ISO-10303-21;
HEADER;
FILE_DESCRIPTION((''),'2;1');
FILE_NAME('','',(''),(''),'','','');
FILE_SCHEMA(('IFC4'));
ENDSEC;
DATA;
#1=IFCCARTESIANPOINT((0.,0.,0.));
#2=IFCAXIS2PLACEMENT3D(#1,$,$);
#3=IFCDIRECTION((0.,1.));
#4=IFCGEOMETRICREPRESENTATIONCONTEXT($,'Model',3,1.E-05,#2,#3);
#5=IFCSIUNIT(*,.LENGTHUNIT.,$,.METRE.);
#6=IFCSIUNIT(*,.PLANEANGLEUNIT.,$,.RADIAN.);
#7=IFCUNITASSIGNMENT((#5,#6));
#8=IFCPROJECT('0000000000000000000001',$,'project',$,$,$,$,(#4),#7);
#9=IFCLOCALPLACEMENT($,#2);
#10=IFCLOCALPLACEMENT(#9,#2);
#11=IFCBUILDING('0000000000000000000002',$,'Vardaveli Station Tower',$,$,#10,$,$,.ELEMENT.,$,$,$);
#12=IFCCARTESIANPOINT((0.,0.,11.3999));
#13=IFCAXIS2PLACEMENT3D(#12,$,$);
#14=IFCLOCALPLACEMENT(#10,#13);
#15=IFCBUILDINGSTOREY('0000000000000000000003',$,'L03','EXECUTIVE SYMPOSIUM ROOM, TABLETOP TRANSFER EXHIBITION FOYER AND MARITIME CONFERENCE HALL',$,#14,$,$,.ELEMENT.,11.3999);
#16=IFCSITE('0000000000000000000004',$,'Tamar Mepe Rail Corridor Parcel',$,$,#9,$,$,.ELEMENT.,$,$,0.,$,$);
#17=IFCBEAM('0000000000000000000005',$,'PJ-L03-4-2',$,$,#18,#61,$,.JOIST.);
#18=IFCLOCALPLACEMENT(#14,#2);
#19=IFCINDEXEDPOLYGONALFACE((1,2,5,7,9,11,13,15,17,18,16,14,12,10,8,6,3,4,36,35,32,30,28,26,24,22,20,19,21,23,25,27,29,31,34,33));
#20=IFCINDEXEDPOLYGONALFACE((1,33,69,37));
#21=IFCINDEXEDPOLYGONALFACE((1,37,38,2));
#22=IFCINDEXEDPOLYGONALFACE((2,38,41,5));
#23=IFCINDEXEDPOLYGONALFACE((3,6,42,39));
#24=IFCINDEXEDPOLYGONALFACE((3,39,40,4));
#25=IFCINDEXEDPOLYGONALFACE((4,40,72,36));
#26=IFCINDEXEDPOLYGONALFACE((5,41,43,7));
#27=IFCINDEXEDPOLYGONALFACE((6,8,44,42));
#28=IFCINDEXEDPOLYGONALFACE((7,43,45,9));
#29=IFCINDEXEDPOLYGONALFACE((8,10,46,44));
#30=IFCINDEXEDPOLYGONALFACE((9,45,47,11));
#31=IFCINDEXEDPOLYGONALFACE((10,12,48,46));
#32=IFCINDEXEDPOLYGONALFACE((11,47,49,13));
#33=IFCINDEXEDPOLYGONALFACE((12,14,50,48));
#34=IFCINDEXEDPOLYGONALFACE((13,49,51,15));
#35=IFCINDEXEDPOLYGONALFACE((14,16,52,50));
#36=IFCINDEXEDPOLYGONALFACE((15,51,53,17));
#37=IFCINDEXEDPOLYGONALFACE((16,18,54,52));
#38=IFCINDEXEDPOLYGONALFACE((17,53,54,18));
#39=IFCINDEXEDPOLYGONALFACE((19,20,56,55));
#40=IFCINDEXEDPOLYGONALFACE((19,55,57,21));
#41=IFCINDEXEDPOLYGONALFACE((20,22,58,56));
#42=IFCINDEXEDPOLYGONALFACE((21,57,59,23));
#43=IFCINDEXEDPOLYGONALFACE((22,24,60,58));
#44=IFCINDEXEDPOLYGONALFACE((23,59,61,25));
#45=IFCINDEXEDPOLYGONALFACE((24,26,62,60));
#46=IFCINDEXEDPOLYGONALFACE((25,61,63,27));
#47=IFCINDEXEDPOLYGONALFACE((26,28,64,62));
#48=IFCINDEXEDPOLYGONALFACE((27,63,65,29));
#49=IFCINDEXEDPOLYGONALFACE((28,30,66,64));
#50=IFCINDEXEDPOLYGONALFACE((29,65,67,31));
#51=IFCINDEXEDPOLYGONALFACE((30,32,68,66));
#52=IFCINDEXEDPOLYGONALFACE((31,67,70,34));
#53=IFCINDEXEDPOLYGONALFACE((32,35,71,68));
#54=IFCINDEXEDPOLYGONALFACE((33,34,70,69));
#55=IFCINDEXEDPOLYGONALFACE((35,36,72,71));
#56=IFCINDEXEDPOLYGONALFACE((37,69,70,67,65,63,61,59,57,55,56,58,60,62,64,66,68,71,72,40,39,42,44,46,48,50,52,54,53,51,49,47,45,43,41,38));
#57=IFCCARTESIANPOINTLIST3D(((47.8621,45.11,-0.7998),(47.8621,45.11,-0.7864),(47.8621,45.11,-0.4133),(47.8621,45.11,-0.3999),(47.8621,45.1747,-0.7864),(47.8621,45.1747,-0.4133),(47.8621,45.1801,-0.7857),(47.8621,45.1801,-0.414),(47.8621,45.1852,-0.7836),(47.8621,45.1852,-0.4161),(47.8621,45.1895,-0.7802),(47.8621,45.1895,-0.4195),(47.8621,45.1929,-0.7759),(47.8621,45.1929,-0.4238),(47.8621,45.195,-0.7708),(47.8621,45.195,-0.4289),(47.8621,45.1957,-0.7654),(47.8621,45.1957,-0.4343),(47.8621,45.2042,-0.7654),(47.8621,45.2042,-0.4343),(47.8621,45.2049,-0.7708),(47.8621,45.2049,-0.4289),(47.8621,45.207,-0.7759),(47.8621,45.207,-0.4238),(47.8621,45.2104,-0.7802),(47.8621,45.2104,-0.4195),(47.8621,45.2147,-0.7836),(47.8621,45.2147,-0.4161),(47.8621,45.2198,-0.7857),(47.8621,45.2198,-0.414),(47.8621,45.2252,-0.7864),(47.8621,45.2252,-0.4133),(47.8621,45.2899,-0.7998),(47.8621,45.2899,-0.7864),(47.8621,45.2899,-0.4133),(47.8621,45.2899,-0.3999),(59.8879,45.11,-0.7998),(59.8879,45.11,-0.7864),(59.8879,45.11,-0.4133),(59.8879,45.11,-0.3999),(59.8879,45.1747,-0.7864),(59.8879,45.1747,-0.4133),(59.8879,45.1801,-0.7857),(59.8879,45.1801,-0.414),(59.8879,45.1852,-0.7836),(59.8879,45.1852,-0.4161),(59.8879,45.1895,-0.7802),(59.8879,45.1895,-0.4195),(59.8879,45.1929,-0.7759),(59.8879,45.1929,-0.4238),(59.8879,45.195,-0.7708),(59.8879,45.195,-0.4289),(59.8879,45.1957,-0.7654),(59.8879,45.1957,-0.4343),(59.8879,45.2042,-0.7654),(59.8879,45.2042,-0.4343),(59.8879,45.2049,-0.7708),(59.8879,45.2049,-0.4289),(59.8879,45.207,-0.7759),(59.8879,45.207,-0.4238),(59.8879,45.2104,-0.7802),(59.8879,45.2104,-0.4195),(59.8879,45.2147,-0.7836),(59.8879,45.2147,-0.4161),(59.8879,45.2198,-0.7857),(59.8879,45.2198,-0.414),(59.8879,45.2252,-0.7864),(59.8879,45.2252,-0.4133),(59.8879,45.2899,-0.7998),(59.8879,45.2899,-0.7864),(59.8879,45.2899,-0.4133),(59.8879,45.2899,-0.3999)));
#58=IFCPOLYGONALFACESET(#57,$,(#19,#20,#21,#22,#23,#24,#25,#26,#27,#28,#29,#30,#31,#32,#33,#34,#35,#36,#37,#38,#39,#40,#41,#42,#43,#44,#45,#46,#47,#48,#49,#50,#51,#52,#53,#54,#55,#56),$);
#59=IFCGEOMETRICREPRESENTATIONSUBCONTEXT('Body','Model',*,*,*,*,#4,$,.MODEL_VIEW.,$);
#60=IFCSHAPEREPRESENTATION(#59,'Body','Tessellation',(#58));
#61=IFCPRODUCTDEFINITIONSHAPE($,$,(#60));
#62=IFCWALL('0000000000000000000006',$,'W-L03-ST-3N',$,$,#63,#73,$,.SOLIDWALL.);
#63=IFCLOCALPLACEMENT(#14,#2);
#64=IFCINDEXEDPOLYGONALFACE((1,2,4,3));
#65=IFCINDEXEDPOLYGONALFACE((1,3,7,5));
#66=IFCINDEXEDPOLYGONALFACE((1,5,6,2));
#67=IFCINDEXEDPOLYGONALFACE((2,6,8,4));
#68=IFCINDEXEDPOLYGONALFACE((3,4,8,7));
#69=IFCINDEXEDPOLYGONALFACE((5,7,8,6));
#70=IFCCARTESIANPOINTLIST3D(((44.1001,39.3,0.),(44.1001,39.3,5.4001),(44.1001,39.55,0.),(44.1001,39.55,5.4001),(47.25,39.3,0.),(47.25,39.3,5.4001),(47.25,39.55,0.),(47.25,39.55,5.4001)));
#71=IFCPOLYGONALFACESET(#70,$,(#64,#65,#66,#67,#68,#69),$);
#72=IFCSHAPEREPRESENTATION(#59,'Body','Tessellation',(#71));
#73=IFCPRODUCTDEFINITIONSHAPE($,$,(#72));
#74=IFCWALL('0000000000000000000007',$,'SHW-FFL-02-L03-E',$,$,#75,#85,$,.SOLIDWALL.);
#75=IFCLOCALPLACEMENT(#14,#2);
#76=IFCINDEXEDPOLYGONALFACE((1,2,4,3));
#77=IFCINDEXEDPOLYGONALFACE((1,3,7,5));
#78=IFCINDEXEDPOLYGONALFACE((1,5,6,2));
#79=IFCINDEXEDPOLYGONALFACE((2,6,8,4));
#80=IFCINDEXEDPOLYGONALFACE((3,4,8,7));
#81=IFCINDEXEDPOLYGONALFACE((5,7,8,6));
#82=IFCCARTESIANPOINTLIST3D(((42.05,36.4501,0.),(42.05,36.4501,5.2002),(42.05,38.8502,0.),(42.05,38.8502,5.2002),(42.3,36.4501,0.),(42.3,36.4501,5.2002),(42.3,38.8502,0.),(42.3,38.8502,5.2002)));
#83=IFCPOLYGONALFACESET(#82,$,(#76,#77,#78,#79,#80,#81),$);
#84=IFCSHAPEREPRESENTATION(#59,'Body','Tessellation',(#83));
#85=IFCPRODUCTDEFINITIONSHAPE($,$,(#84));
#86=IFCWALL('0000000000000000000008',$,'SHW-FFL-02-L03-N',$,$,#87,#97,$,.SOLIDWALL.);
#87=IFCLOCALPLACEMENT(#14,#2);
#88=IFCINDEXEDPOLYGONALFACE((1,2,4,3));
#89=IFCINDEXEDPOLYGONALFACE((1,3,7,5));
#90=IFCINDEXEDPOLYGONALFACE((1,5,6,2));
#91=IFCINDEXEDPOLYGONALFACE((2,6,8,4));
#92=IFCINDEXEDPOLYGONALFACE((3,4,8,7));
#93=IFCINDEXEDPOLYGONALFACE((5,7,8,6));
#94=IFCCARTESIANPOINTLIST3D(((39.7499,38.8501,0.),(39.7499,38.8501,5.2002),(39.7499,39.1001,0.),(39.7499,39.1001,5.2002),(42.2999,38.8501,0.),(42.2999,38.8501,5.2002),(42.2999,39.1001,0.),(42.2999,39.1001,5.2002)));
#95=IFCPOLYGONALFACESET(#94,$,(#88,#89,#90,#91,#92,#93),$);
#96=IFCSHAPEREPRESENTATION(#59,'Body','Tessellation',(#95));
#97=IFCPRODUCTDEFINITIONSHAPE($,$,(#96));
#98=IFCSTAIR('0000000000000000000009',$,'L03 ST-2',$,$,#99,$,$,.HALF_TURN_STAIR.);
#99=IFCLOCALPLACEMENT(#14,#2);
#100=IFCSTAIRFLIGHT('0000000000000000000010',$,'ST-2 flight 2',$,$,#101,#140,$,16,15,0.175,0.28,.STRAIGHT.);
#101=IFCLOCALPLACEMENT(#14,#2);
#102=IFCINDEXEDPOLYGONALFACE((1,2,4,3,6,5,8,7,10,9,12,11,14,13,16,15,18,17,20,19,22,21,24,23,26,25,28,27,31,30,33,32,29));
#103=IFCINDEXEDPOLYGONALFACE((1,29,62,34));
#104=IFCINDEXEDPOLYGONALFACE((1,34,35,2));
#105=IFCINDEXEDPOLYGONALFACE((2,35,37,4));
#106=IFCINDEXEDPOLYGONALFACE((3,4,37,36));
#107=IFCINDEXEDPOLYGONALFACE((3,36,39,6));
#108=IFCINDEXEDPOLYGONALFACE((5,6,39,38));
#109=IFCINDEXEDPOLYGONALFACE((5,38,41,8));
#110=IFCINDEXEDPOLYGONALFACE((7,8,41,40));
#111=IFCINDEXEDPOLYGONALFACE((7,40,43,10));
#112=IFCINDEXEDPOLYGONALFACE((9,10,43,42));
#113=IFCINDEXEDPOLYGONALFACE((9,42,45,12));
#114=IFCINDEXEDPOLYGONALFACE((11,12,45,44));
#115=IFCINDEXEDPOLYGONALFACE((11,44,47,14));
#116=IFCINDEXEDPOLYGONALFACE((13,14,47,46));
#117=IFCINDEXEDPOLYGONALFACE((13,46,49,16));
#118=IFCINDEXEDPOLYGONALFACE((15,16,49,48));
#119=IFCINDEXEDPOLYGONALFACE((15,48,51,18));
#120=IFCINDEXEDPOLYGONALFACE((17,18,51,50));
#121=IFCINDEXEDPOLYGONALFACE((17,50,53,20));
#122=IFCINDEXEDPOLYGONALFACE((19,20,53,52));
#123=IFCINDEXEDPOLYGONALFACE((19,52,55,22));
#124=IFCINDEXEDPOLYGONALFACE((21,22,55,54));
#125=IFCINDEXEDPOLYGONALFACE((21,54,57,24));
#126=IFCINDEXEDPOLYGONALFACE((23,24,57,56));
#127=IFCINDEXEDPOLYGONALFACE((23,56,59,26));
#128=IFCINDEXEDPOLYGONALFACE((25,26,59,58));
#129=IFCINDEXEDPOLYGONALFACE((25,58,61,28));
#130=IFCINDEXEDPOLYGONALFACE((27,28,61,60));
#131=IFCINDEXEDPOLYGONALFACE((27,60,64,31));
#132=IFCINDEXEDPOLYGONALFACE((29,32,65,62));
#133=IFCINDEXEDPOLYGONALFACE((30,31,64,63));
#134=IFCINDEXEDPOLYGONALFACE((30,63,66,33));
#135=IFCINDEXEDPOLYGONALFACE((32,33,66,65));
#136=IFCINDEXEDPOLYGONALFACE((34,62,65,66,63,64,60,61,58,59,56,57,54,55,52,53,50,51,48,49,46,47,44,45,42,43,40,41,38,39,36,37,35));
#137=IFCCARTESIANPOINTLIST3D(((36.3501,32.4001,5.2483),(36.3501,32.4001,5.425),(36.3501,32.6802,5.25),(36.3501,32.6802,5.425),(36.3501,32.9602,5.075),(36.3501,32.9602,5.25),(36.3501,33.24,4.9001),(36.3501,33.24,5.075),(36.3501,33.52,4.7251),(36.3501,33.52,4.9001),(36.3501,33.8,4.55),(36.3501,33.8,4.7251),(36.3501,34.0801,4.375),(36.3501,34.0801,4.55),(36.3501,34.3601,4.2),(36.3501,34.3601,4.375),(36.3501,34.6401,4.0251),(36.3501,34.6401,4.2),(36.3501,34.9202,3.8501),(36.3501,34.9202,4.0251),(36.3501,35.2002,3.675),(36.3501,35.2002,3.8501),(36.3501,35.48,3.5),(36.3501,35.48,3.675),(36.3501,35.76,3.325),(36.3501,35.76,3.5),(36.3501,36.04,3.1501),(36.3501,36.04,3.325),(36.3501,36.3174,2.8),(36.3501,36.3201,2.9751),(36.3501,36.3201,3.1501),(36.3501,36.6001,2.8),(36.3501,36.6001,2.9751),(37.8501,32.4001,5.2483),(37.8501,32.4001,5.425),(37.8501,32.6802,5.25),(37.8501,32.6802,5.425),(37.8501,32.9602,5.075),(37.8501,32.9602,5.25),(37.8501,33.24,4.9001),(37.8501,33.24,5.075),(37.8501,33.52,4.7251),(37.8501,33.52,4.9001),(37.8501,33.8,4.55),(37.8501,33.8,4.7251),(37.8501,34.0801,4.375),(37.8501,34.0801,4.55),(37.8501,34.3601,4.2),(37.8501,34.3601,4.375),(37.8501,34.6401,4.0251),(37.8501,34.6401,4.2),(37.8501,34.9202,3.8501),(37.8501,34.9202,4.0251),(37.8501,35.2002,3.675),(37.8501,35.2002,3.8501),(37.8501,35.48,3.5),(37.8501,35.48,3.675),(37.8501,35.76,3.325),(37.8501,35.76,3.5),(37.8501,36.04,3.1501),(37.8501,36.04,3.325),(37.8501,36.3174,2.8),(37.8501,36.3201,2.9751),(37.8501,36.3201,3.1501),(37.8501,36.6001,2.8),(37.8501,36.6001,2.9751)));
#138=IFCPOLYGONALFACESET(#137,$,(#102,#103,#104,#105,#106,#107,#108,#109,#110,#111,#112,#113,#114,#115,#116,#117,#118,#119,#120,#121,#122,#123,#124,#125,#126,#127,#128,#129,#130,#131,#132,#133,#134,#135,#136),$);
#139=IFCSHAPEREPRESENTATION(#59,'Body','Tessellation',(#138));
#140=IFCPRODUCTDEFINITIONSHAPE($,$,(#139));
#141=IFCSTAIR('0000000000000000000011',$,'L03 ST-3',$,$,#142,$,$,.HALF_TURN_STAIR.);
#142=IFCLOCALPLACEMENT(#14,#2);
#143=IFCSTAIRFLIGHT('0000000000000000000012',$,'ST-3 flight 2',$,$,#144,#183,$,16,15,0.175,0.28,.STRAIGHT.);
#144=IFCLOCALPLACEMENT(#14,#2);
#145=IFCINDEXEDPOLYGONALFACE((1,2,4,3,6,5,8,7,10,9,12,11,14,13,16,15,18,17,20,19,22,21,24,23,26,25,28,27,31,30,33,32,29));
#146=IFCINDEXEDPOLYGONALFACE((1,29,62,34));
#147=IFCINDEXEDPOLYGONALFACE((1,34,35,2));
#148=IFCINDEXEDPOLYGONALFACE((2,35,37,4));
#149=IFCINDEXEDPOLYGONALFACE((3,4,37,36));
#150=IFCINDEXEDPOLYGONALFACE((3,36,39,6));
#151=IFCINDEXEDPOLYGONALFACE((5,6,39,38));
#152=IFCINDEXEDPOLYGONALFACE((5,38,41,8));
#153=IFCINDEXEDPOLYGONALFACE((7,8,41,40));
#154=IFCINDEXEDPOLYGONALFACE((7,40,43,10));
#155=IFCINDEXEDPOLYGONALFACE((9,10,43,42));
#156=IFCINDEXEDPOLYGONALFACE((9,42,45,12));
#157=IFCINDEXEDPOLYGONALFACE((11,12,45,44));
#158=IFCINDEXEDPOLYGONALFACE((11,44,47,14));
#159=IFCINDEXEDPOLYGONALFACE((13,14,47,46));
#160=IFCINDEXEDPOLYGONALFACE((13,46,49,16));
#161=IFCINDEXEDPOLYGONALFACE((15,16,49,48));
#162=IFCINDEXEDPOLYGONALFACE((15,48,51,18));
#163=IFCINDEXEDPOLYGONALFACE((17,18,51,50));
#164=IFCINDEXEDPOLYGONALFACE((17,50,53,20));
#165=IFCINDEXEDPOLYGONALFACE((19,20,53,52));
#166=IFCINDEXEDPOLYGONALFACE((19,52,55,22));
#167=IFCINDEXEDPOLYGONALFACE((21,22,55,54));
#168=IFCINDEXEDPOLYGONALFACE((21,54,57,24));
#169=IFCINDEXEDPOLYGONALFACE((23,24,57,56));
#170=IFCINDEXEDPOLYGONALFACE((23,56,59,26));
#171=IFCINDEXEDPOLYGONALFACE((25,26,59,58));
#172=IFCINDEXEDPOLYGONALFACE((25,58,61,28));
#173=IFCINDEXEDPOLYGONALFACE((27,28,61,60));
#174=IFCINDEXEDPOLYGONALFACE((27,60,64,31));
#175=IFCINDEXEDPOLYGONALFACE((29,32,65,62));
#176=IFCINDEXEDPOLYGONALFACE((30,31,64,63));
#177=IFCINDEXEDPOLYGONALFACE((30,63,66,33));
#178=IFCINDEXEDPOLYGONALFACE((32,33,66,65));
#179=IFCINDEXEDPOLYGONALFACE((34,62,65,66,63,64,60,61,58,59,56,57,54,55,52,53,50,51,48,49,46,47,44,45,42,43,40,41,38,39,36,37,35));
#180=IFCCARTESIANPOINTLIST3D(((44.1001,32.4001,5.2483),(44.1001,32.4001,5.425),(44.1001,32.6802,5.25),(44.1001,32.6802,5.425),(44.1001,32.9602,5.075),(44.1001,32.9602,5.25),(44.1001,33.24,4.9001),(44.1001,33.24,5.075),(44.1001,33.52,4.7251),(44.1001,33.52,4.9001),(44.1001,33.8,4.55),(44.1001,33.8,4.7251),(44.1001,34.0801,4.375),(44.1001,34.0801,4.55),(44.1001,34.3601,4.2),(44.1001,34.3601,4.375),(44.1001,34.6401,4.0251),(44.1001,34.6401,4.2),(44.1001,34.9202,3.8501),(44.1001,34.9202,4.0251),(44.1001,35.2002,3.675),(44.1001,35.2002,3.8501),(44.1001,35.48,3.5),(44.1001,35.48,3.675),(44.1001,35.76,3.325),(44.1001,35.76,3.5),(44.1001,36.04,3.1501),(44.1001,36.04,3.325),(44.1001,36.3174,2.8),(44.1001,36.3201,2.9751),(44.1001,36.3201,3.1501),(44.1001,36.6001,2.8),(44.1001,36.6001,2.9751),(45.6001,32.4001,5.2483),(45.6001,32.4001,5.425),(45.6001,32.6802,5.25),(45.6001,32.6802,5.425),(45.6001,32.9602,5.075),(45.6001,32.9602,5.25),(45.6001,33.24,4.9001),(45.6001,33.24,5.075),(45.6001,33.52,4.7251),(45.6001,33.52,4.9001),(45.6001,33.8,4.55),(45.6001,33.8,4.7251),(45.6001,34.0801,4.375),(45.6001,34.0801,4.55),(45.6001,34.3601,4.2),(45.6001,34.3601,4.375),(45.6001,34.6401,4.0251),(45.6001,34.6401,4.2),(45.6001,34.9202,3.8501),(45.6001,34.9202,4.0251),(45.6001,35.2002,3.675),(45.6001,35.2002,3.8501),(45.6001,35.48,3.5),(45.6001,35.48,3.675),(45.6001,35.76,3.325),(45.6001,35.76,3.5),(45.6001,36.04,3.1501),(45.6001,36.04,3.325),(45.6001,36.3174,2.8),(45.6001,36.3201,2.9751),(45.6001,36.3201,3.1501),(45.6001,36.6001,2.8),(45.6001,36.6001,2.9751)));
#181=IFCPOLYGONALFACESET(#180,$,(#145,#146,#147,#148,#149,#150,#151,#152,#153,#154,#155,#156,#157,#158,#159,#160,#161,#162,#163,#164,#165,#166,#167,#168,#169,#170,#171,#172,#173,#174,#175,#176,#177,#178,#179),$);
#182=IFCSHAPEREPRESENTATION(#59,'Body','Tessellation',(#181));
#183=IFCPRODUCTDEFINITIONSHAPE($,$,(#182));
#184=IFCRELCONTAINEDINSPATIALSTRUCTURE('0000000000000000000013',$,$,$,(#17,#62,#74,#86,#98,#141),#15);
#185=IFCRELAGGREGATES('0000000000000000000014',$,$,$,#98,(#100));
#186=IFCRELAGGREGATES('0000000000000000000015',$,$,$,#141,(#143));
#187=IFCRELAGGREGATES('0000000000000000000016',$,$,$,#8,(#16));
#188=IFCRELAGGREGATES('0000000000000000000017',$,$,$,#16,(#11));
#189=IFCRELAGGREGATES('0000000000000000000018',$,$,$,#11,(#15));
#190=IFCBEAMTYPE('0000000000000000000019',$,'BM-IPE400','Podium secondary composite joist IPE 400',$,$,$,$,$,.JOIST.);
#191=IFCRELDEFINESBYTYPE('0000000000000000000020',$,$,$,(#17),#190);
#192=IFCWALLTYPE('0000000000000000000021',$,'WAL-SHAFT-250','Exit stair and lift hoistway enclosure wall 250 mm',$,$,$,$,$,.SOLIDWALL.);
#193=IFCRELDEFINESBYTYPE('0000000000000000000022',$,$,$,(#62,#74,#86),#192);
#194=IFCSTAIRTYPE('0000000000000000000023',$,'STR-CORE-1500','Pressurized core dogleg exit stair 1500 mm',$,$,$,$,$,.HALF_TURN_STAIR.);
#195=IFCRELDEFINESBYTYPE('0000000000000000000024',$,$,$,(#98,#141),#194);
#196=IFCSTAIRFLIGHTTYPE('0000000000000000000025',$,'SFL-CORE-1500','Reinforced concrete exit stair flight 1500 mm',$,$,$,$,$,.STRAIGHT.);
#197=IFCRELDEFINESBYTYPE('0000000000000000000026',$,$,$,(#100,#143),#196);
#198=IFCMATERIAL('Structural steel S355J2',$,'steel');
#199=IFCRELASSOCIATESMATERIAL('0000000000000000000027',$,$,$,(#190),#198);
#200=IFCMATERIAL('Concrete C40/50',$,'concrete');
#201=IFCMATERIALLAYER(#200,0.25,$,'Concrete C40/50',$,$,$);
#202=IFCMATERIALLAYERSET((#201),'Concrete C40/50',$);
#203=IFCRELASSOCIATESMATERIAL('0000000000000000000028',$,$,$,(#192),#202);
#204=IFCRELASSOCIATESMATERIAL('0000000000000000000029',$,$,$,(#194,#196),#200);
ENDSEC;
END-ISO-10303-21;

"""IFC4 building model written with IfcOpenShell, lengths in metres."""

from ifc_helpers import new_model, si_unit, direction, frame, frame_2d, origin, origin_2d, place, context, subcontext, project, spatial, polyline, rectangle, i_section, outline, extrude, source, transform, mapped, material, layer, layer_set, material_profile, profile_set, type_object, element, aggregate, save


model = new_model("IFC4")

# Units and contexts
model_context = context("Model", 3, precision=1e-05, world=origin(), true_north=direction((0.0, 1.0)))
body_context = subcontext(model_context, "Body", "Model", "MODEL_VIEW")
ifc_project = project(units=[si_unit("LENGTHUNIT", "METRE"), si_unit("PLANEANGLEUNIT", "RADIAN")], contexts=[model_context])

# Site, building, storey
site_placement = place(None, origin())
site = spatial("IfcSite", under=ifc_project, at=site_placement, Name="Tamar Mepe Rail Corridor Parcel", CompositionType="ELEMENT", RefElevation=0.0)
building_placement = place(site_placement, origin())
building = spatial("IfcBuilding", under=site, at=building_placement, Name="Vardaveli Station Tower", CompositionType="ELEMENT")
storey_placement = place(building_placement, frame((0.0, 0.0, 11.3999)))
storey = spatial("IfcBuildingStorey", under=building, at=storey_placement, Name="L03", Description="EXECUTIVE SYMPOSIUM ROOM, TABLETOP TRANSFER EXHIBITION FOYER AND MARITIME CONFERENCE HALL", CompositionType="ELEMENT", Elevation=11.3999)

# Beam
ifc_material_1 = material(Name="Structural steel S355J2", Category="steel")
ifc_material_profile_1 = material_profile(ifc_material_1, i_section(OverallWidth=0.1799, OverallDepth=0.3999, WebThickness=0.0085, FlangeThickness=0.0134, FilletRadius=0.021, at=origin_2d()), Name="IPE 400")
ifc_profile_set_1 = profile_set([ifc_material_profile_1], Name="Structural steel S355J2")
beam_type_1 = type_object("IfcBeamType", Name="BM-IPE400", Description="Podium secondary composite joist IPE 400", PredefinedType="JOIST", material=ifc_profile_set_1)
shared_shape_1 = source(origin(), body_context, "Body", "SweptSolid", [
    extrude(i_section(OverallWidth=0.1799, OverallDepth=0.3999, WebThickness=0.0085, FlangeThickness=0.0134, FilletRadius=0.021, at=origin_2d()), origin(), (0.0, 0.0, 1.0), 12.0259),
])
beam_1_placement = place(storey_placement, frame((47.8621, 45.2, -0.5999), z_axis=(1.0, 0.0, 0.0), x_axis=(0.0, 1.0, 0.0)))
element("IfcBeam", 1, at=beam_1_placement, inside=storey, type_object=beam_type_1, Name="PJ-L03-4-2", PredefinedType="JOIST", context=body_context, shape_type="MappedRepresentation", body=[
    mapped(shared_shape_1, transform((0.0, 0.0, 0.0), scale=1.0)),
])

# Walls
ifc_material_2 = material(Name="Concrete C40/50", Category="concrete")
ifc_layer = layer(ifc_material_2, 0.25, Name="Concrete C40/50")
ifc_layer_set = layer_set([ifc_layer], Name="Concrete C40/50")
wall_type = type_object("IfcWallType", Name="WAL-SHAFT-250", Description="Exit stair and lift hoistway enclosure wall 250 mm", PredefinedType="SOLIDWALL", material=ifc_layer_set)
shared_shape_2 = source(origin(), body_context, "Body", "SweptSolid", [
    extrude(rectangle(XDim=3.1499, YDim=0.25, at=frame_2d((1.575, 0.0))), origin(), (0.0, 0.0, 1.0), 5.4001),
])
wall_1_placement = place(storey_placement, frame((44.1001, 39.425, 0.0), z_axis=(0.0, 0.0, 1.0), x_axis=(1.0, 0.0, 0.0)))
element("IfcWall", 2, at=wall_1_placement, inside=storey, type_object=wall_type, Name="W-L03-ST-3N", PredefinedType="SOLIDWALL", context=body_context, shape_type="MappedRepresentation", body=[
    mapped(shared_shape_2, transform((0.0, 0.0, 0.0), scale=1.0)),
])
shared_shape_3 = source(origin(), body_context, "Body", "SweptSolid", [
    extrude(rectangle(XDim=2.4001, YDim=0.25, at=frame_2d((1.2002, 0.0))), origin(), (0.0, 0.0, 1.0), 5.2002),
])
wall_2_placement = place(storey_placement, frame((42.175, 36.45, 0.0), z_axis=(0.0, 0.0, 1.0), x_axis=(0.0, 1.0, 0.0)))
element("IfcWall", 3, at=wall_2_placement, inside=storey, type_object=wall_type, Name="SHW-FFL-02-L03-E", PredefinedType="SOLIDWALL", context=body_context, shape_type="MappedRepresentation", body=[
    mapped(shared_shape_3, transform((0.0, 0.0, 0.0), scale=1.0)),
])
shared_shape_4 = source(origin(), body_context, "Body", "SweptSolid", [
    extrude(rectangle(XDim=2.55, YDim=0.25, at=frame_2d((1.2749, 0.0))), origin(), (0.0, 0.0, 1.0), 5.2002),
])
wall_3_placement = place(storey_placement, frame((39.75, 38.9751, 0.0), z_axis=(0.0, 0.0, 1.0), x_axis=(1.0, 0.0, 0.0)))
element("IfcWall", 4, at=wall_3_placement, inside=storey, type_object=wall_type, Name="SHW-FFL-02-L03-N", PredefinedType="SOLIDWALL", context=body_context, shape_type="MappedRepresentation", body=[
    mapped(shared_shape_4, transform((0.0, 0.0, 0.0), scale=1.0)),
])

# Stairs, stair flights
stair_type = type_object("IfcStairType", Name="STR-CORE-1500", Description="Pressurized core dogleg exit stair 1500 mm", PredefinedType="HALF_TURN_STAIR", material=ifc_material_2)
stair_1_placement = place(storey_placement, origin())
stair_1 = element("IfcStair", 5, at=stair_1_placement, inside=storey, type_object=stair_type, Name="L03 ST-2", PredefinedType="HALF_TURN_STAIR")
stair_flight_type = type_object("IfcStairFlightType", Name="SFL-CORE-1500", Description="Reinforced concrete exit stair flight 1500 mm", PredefinedType="STRAIGHT", material=ifc_material_2)
shared_shape_5 = source(origin(), body_context, "Body", "SweptSolid", [
    extrude(outline(polyline([(0.0, 0.0), (0.0, 0.175), (0.28, 0.175), (0.28, 0.3501), (0.5601, 0.3501), (0.5601, 0.5249), (0.8401, 0.5249), (0.8401, 0.7), (1.1201, 0.7), (1.1201, 0.875), (1.3999, 0.875), (1.3999, 1.05), (1.6799, 1.05), (1.6799, 1.2251), (1.96, 1.2251), (1.96, 1.3999), (2.24, 1.3999), (2.24, 1.575), (2.52, 1.575), (2.52, 1.75), (2.8, 1.75), (2.8, 1.925), (3.0801, 1.925), (3.0801, 2.1001), (3.3601, 2.1001), (3.3601, 2.2749), (3.6399, 2.2749), (3.6399, 2.45), (3.9199, 2.45), (3.9199, 2.625), (4.2, 2.625), (4.2, 2.8), (4.2, 2.4482), (0.2827, 0.0), (0.0, 0.0)])), frame((0.0, 0.75, 0.0), z_axis=(0.0, -1.0, 0.0), x_axis=(1.0, 0.0, 0.0)), (0.0, 0.0, 1.0), 1.5),
])
stair_flight_1_placement = place(storey_placement, frame((37.1001, 36.6001, 2.8), z_axis=(0.0, 0.0, 1.0), x_axis=(0.0, -1.0, 0.0)))
stair_flight_1 = element("IfcStairFlight", 6, at=stair_flight_1_placement, type_object=stair_flight_type, Name="ST-2 flight 2", NumberOfRisers=16, NumberOfTreads=15, PredefinedType="STRAIGHT", RiserHeight=0.175, TreadLength=0.28, context=body_context, shape_type="MappedRepresentation", body=[
    mapped(shared_shape_5, transform((0.0, 0.0, 0.0), scale=1.0)),
])
aggregate(stair_1, [stair_flight_1])
stair_2_placement = place(storey_placement, origin())
stair_2 = element("IfcStair", 7, at=stair_2_placement, inside=storey, type_object=stair_type, Name="L03 ST-3", PredefinedType="HALF_TURN_STAIR")
stair_flight_2_placement = place(storey_placement, frame((44.8501, 36.6001, 2.8), z_axis=(0.0, 0.0, 1.0), x_axis=(0.0, -1.0, 0.0)))
stair_flight_2 = element("IfcStairFlight", 8, at=stair_flight_2_placement, type_object=stair_flight_type, Name="ST-3 flight 2", NumberOfRisers=16, NumberOfTreads=15, PredefinedType="STRAIGHT", RiserHeight=0.175, TreadLength=0.28, context=body_context, shape_type="MappedRepresentation", body=[
    mapped(shared_shape_5, transform((0.0, 0.0, 0.0), scale=1.0)),
])
aggregate(stair_2, [stair_flight_2])

save(model, "model.ifc")
